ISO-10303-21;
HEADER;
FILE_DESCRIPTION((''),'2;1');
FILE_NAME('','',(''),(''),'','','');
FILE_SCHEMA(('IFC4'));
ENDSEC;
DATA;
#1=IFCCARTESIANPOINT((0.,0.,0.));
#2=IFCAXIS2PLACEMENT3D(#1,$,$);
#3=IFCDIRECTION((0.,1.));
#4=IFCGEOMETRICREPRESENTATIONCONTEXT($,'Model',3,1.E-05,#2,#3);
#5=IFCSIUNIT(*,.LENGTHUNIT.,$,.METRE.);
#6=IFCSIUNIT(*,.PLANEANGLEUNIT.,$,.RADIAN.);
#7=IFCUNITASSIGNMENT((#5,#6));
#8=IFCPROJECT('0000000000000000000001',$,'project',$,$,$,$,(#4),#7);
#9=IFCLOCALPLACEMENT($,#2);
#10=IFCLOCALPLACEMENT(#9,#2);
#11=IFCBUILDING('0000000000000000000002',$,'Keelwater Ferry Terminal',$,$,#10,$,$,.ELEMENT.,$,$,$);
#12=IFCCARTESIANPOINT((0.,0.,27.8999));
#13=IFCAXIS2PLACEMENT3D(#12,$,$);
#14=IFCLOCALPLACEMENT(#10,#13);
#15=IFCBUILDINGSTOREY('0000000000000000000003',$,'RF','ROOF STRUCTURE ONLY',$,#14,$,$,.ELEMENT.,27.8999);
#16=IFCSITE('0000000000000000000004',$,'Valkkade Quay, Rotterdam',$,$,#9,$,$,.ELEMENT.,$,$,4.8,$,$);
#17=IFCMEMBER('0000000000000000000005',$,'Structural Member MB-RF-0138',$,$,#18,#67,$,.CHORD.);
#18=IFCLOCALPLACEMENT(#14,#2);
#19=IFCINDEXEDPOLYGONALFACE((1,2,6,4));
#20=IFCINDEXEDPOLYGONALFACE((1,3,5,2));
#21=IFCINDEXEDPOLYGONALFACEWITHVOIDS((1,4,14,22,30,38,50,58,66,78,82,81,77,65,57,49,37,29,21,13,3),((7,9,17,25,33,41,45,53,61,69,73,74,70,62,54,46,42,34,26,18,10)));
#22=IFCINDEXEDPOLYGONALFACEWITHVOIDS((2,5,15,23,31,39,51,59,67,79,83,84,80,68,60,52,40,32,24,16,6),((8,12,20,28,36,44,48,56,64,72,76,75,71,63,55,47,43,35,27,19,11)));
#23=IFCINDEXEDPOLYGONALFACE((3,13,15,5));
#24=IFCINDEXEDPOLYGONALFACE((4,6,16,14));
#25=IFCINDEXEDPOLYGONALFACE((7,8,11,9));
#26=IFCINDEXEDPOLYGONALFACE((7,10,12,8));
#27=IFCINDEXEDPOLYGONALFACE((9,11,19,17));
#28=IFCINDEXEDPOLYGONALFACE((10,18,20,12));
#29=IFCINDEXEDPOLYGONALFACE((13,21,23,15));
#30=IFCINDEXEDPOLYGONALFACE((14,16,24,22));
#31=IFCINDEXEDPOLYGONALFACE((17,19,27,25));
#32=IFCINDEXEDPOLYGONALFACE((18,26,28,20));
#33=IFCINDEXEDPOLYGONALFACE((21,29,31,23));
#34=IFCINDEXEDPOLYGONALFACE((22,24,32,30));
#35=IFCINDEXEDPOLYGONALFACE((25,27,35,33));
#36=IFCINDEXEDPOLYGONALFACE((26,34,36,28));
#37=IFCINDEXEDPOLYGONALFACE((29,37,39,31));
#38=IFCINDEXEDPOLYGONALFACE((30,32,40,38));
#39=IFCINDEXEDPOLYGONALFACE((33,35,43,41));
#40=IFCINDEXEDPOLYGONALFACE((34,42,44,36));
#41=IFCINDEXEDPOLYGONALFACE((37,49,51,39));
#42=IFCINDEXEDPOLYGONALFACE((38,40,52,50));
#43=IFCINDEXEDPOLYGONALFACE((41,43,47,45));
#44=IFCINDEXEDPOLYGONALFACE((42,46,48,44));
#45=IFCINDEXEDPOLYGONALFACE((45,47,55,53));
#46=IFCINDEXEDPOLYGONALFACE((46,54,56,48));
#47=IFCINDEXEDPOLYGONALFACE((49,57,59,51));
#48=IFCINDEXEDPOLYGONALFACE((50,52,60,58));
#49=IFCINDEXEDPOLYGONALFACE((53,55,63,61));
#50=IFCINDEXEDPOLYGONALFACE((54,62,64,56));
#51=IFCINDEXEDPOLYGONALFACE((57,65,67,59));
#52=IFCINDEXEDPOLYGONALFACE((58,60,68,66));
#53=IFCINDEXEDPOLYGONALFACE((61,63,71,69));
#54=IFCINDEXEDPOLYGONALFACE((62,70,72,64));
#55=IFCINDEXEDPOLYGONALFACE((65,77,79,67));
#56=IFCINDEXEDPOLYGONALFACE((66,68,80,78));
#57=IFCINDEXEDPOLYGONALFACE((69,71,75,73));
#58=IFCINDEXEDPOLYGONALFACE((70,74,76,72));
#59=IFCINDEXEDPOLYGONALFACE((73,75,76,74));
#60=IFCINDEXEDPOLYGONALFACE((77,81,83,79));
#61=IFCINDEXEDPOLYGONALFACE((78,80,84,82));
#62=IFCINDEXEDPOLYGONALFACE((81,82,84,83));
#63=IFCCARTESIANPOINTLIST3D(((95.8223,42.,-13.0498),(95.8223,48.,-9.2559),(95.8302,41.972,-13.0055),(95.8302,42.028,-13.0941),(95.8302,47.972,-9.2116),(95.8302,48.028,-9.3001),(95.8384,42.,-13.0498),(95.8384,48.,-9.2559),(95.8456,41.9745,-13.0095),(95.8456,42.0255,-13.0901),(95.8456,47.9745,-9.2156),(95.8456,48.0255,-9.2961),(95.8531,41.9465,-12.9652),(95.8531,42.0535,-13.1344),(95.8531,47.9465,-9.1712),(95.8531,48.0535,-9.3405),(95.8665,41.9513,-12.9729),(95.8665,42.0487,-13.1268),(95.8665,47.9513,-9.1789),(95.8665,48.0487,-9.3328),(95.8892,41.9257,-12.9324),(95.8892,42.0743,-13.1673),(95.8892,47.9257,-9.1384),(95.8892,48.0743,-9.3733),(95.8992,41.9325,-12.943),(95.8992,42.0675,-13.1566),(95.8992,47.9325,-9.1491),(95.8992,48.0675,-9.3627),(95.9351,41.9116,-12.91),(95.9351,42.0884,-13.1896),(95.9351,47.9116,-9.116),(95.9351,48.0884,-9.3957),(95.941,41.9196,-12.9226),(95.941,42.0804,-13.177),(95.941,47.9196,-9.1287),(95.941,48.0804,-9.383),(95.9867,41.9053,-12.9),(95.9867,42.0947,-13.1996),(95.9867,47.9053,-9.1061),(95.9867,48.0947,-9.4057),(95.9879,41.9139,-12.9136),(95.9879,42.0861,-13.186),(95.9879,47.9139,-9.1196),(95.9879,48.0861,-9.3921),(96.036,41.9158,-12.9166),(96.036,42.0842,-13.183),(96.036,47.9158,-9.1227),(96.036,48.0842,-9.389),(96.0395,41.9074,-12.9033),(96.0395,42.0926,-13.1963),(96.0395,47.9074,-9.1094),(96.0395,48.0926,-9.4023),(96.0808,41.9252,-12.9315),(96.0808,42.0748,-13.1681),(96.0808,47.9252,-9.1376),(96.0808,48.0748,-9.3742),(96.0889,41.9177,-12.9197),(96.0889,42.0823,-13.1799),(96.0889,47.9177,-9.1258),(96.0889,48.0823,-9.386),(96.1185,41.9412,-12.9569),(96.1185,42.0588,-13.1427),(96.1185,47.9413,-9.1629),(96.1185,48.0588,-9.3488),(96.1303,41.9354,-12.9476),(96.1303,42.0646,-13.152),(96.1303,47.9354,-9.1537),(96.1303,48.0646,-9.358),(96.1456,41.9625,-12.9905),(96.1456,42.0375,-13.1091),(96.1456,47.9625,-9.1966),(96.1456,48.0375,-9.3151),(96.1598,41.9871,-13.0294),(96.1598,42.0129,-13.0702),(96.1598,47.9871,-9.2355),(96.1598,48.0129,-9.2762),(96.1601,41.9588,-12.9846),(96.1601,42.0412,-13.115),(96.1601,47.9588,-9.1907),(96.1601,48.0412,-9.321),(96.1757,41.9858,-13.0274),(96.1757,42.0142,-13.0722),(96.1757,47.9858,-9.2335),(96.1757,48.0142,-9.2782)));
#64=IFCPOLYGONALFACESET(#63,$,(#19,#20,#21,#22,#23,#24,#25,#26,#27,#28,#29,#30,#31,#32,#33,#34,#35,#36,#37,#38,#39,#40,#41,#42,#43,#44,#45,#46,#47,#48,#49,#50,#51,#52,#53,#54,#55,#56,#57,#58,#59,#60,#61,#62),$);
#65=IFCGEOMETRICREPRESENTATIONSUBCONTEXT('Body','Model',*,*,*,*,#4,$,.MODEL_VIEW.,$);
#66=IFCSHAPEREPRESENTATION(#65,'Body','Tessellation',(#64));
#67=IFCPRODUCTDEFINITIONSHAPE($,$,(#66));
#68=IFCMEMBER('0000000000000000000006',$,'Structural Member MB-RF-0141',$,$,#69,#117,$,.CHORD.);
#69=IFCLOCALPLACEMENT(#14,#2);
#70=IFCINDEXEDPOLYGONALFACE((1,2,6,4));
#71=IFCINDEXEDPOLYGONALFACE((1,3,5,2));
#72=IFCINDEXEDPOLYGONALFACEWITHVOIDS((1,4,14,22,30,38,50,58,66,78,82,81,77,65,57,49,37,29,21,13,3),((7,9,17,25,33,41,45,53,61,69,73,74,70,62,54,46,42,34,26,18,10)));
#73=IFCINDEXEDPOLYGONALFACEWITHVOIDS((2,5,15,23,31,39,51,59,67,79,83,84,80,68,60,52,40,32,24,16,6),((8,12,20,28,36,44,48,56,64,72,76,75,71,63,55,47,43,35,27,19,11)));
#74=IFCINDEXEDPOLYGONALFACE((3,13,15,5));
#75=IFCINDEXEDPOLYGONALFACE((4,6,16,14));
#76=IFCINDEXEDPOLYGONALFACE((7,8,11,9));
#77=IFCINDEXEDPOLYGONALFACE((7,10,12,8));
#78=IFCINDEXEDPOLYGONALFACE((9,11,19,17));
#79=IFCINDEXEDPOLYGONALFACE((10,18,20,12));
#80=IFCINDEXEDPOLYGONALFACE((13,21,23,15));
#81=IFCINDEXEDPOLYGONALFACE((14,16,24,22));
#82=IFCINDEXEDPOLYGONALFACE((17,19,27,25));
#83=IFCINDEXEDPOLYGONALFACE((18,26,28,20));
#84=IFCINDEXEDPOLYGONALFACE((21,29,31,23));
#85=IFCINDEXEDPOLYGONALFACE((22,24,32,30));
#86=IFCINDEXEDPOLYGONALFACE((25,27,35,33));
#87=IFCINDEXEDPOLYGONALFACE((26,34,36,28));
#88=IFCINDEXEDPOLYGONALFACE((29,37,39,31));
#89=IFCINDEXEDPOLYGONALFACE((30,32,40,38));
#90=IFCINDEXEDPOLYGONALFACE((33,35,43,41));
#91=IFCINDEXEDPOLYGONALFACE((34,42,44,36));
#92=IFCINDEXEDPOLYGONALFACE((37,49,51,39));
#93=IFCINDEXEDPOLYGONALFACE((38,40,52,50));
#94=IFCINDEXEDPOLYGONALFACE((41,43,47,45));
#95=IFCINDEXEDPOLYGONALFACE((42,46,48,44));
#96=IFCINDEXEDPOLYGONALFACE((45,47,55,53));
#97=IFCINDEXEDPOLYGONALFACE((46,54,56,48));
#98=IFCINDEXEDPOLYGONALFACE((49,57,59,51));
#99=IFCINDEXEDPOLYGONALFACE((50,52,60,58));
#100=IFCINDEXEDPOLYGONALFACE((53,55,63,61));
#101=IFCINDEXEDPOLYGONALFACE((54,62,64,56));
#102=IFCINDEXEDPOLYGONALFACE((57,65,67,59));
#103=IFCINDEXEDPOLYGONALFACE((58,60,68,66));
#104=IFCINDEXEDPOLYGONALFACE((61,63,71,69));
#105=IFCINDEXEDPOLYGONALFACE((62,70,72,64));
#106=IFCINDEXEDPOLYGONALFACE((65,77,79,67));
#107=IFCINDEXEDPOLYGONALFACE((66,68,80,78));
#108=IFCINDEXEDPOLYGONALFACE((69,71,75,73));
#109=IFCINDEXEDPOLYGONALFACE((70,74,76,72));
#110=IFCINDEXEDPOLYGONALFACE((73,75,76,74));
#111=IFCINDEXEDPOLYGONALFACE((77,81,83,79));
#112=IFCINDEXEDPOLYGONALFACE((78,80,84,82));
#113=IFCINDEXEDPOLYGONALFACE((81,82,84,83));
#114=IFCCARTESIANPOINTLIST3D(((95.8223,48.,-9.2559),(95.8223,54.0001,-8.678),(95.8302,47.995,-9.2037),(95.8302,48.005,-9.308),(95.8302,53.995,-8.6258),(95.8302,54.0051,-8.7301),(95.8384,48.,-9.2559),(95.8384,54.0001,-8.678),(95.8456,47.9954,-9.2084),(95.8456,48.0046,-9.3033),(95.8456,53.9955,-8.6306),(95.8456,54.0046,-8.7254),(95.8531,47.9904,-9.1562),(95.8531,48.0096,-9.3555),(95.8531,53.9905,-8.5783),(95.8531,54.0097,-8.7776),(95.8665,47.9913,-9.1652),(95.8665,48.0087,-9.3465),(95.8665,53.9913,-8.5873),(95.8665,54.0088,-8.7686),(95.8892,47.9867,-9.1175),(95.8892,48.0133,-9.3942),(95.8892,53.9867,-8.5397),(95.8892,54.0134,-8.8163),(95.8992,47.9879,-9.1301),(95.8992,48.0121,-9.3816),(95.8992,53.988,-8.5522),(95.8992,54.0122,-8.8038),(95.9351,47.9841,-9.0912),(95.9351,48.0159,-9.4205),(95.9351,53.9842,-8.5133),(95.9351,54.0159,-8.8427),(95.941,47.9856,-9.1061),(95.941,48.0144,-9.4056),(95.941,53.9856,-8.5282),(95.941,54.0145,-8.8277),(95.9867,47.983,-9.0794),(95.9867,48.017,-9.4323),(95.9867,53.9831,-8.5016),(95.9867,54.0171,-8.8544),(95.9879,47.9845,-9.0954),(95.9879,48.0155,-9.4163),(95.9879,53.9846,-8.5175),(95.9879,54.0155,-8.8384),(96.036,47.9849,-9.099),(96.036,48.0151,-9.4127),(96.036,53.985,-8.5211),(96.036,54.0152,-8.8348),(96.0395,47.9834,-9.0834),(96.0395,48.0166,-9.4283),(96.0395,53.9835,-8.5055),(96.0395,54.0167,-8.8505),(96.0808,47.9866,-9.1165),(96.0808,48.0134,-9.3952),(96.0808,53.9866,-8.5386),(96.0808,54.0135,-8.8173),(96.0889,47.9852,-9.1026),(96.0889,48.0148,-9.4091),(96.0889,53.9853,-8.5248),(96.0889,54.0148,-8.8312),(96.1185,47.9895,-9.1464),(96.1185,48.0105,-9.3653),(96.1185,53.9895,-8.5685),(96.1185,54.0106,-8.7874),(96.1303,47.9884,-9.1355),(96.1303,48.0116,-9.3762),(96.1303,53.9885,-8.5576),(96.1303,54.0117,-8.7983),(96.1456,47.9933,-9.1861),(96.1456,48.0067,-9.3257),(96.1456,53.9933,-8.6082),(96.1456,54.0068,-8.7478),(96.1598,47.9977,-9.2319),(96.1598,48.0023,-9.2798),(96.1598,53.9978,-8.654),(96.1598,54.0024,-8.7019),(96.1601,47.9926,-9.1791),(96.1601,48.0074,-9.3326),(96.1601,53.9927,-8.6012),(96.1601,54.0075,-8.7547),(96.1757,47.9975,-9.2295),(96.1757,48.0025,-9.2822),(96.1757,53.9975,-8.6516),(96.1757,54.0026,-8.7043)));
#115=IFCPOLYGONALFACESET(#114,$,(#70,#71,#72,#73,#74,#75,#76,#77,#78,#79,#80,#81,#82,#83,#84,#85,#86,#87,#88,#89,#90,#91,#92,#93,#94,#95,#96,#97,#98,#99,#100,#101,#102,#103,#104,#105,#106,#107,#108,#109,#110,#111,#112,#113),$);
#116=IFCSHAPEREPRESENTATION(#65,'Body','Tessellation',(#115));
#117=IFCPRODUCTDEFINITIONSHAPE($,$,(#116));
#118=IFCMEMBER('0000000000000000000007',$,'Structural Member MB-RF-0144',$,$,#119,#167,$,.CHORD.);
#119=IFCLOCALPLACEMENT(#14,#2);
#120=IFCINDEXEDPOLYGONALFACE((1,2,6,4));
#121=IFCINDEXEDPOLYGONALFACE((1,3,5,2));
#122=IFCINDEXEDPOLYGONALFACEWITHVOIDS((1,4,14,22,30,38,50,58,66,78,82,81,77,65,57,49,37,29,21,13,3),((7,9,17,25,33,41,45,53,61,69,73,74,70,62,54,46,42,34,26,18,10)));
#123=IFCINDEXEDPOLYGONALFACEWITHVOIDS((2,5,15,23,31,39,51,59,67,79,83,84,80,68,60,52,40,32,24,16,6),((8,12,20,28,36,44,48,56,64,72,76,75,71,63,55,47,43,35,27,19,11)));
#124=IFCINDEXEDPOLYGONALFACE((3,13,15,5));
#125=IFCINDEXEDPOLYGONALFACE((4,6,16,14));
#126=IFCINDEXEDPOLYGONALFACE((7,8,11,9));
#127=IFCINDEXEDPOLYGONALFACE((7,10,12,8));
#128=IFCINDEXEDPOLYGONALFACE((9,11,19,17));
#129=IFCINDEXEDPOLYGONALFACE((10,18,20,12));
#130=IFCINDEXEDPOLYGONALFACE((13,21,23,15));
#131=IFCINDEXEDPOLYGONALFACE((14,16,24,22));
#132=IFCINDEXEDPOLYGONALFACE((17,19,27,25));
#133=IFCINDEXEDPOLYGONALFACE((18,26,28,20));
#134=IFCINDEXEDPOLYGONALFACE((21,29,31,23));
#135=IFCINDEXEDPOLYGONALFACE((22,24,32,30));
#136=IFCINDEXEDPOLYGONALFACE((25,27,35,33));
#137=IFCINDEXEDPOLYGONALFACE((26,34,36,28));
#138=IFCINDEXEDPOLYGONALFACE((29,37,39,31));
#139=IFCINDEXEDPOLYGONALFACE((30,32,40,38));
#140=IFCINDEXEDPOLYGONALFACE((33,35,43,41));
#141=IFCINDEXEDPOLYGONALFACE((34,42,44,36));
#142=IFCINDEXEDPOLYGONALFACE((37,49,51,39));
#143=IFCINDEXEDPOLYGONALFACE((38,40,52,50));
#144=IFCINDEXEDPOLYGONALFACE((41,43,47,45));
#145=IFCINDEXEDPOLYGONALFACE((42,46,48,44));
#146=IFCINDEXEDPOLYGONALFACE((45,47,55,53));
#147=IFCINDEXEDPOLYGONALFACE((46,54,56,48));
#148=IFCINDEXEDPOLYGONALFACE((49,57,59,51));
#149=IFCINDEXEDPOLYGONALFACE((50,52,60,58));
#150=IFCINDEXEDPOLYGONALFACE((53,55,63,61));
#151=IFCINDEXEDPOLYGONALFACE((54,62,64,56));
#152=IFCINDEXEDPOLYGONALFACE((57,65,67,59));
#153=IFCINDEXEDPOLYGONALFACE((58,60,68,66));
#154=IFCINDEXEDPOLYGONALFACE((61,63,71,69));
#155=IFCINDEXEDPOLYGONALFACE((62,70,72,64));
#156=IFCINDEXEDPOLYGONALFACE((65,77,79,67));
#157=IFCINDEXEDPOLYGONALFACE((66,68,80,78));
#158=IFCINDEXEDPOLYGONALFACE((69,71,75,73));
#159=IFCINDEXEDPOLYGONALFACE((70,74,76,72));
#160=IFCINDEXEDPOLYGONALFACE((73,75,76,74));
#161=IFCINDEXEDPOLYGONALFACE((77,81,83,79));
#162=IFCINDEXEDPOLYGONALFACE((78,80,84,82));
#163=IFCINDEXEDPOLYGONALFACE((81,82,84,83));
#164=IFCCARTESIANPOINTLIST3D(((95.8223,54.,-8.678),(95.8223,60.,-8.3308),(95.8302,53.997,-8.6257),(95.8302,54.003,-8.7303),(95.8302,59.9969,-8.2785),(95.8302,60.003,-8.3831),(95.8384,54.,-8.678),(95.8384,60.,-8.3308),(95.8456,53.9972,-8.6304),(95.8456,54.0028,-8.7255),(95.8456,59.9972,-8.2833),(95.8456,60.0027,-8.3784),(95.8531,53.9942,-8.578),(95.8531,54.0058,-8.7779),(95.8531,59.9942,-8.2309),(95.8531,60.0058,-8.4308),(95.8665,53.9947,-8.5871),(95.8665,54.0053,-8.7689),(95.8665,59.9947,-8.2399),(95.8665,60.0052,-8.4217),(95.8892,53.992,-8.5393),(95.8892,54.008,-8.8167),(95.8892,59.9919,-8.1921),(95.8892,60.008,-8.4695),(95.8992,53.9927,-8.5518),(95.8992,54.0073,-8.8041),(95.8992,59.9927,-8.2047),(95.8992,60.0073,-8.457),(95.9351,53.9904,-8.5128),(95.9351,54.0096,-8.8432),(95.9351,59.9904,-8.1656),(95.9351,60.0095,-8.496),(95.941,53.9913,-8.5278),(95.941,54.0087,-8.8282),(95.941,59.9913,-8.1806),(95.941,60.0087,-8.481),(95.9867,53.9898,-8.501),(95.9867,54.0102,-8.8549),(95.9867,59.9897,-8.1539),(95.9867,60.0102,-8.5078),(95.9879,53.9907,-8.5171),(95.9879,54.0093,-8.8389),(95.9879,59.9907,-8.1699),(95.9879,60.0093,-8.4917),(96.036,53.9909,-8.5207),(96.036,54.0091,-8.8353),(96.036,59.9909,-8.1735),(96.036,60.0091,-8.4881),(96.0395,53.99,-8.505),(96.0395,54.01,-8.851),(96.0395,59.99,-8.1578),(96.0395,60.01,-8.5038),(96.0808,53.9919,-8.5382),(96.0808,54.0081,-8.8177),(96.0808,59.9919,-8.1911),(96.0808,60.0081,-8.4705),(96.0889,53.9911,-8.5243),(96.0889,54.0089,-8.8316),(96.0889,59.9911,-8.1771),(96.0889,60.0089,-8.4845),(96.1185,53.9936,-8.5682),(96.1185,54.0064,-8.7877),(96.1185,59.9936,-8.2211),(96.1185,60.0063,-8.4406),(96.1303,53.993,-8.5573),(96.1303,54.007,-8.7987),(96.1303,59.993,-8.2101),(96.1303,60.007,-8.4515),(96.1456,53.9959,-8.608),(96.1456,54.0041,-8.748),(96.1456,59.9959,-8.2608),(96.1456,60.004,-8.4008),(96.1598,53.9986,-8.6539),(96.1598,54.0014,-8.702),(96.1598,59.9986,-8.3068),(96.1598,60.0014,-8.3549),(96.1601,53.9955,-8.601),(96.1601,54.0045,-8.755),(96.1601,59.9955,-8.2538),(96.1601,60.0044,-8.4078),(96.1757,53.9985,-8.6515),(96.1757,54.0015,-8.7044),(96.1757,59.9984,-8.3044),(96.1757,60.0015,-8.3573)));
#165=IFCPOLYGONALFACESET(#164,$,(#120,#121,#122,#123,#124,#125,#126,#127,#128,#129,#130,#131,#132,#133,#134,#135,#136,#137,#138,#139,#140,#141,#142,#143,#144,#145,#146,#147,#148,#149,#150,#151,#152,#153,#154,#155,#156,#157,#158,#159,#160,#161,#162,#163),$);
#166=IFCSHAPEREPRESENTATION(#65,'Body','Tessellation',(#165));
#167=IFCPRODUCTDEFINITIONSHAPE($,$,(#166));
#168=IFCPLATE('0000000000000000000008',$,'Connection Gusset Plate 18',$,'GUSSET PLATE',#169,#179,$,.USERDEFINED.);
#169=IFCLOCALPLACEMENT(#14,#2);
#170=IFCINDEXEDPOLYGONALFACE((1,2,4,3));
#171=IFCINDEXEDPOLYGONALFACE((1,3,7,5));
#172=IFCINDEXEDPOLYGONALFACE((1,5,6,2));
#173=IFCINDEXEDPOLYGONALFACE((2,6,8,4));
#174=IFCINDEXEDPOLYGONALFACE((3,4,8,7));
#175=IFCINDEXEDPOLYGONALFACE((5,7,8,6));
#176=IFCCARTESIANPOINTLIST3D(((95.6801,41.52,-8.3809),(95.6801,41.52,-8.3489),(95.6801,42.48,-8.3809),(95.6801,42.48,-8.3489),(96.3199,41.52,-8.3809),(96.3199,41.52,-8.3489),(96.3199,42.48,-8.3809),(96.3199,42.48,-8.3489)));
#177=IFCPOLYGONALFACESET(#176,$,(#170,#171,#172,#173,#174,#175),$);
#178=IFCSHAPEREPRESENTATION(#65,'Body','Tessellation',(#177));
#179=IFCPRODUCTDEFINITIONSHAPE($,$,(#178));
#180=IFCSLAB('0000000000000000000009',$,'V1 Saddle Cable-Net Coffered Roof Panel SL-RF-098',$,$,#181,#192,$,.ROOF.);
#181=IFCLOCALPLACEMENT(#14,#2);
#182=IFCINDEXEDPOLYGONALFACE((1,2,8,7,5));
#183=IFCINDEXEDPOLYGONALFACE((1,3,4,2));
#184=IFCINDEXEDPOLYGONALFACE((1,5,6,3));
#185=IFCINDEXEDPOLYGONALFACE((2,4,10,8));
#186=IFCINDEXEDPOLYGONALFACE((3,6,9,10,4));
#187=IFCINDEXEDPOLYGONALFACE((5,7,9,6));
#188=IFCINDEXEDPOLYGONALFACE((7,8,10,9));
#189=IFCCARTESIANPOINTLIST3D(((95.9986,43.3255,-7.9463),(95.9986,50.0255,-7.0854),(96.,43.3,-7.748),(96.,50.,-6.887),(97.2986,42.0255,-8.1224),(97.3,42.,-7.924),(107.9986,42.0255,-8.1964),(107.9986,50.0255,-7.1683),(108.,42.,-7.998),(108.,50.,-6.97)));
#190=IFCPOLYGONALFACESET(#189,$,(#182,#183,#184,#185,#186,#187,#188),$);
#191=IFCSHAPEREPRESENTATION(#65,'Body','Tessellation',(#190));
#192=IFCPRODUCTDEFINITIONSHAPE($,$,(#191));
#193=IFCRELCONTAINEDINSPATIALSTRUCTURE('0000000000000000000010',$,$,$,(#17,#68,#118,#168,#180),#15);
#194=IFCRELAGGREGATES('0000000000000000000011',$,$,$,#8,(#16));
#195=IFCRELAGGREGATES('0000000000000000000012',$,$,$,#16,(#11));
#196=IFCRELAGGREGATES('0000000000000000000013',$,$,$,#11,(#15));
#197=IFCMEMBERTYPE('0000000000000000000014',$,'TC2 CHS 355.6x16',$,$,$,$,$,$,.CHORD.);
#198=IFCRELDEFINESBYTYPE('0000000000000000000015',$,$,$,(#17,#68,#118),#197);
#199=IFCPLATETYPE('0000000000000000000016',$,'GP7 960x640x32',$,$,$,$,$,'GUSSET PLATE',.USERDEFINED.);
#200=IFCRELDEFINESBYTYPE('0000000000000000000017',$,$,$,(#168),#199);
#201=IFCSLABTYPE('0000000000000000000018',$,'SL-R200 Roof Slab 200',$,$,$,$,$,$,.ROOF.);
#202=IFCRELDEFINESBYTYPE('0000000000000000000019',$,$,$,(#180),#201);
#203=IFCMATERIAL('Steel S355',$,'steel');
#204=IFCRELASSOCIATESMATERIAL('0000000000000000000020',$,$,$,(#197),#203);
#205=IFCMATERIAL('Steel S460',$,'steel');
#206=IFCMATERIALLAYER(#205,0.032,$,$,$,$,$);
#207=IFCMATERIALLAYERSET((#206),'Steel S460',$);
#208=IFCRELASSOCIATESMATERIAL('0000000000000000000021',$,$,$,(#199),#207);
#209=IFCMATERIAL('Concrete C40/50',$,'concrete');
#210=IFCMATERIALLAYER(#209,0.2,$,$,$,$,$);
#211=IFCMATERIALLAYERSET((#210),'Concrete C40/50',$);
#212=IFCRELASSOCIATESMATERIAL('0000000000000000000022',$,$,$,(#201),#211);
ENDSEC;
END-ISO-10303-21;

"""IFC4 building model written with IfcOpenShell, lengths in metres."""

from ifc_helpers import new_model, si_unit, direction, frame, origin, origin_with_axes, origin_2d, place, context, subcontext, project, spatial, polyline, rectangle, hollow_circle, outline, extrude, material, layer, layer_set, material_profile, profile_set, type_object, element, save


model = new_model("IFC4")

# Units and contexts
model_context = context("Model", 3, precision=1e-05, world=origin(), true_north=direction((0.0, 1.0)))
body_context = subcontext(model_context, "Body", "Model", "MODEL_VIEW")
ifc_project = project(units=[si_unit("LENGTHUNIT", "METRE"), si_unit("PLANEANGLEUNIT", "RADIAN")], contexts=[model_context])

# Site, building, storey
site_placement = place(None, origin())
site = spatial("IfcSite", under=ifc_project, at=site_placement, Name="Valkkade Quay, Rotterdam", CompositionType="ELEMENT", RefElevation=4.8)
building_placement = place(site_placement, origin())
building = spatial("IfcBuilding", under=site, at=building_placement, Name="Keelwater Ferry Terminal", CompositionType="ELEMENT")
storey_placement = place(building_placement, frame((0.0, 0.0, 27.8999)))
storey = spatial("IfcBuildingStorey", under=building, at=storey_placement, Name="RF", Description="ROOF STRUCTURE ONLY", CompositionType="ELEMENT", Elevation=27.8999)

# Members
ifc_material_1 = material(Name="Steel S355", Category="steel")
ifc_material_profile_1 = material_profile(ifc_material_1, hollow_circle(Radius=0.1777, WallThickness=0.0161, at=origin_2d()), Name="CHS 355.6x16")
ifc_profile_set_1 = profile_set([ifc_material_profile_1], Name="Steel S355")
member_type_1 = type_object("IfcMemberType", Name="TC2 CHS 355.6x16", PredefinedType="CHORD", material=ifc_profile_set_1)
member_1_placement = place(storey_placement, frame((96.0, 42.0, -13.0498), z_axis=(0.0, 0.845204, 0.534443), x_axis=(-1.0, 0.0, 0.0)))
element("IfcMember", 1, at=member_1_placement, inside=storey, type_object=member_type_1, Name="Structural Member MB-RF-0138", PredefinedType="CHORD", context=body_context, shape_type="SweptSolid", body=[
    extrude(hollow_circle(Radius=0.1777, WallThickness=0.0161, at=origin_2d()), origin(), (0.0, 0.0, 1.0), 7.0989),
])
member_2_placement = place(storey_placement, frame((96.0, 48.0, -9.2559), z_axis=(0.0, 0.995394, 0.09587), x_axis=(-1.0, 0.0, 0.0)))
element("IfcMember", 2, at=member_2_placement, inside=storey, type_object=member_type_1, Name="Structural Member MB-RF-0141", PredefinedType="CHORD", context=body_context, shape_type="SweptSolid", body=[
    extrude(hollow_circle(Radius=0.1777, WallThickness=0.0161, at=origin_2d()), origin(), (0.0, 0.0, 1.0), 6.0278),
])
member_3_placement = place(storey_placement, frame((96.0, 54.0, -8.678), z_axis=(0.0, 0.99833, 0.057765), x_axis=(-1.0, 0.0, 0.0)))
element("IfcMember", 3, at=member_3_placement, inside=storey, type_object=member_type_1, Name="Structural Member MB-RF-0144", PredefinedType="CHORD", context=body_context, shape_type="SweptSolid", body=[
    extrude(hollow_circle(Radius=0.1777, WallThickness=0.0161, at=origin_2d()), origin(), (0.0, 0.0, 1.0), 6.01),
])

# Plate
ifc_material_2 = material(Name="Steel S460", Category="steel")
ifc_layer_1 = layer(ifc_material_2, 0.032)
ifc_layer_set_1 = layer_set([ifc_layer_1], Name="Steel S460")
plate_type = type_object("IfcPlateType", Name="GP7 960x640x32", ElementType="GUSSET PLATE", PredefinedType="USERDEFINED", material=ifc_layer_set_1)
plate_placement = place(storey_placement, frame((96.0, 42.0, -8.3809), z_axis=(0.0, 0.0, 1.0), x_axis=(0.0, 1.0, 0.0)))
element("IfcPlate", 4, at=plate_placement, inside=storey, type_object=plate_type, Name="Connection Gusset Plate 18", ObjectType="GUSSET PLATE", PredefinedType="USERDEFINED", context=body_context, shape_type="SweptSolid", body=[
    extrude(rectangle(XDim=0.96, YDim=0.6399, at=origin_2d()), origin(), (0.0, 0.0, 1.0), 0.032),
])

# Slab
ifc_material_3 = material(Name="Concrete C40/50", Category="concrete")
ifc_layer_2 = layer(ifc_material_3, 0.2)
ifc_layer_set_2 = layer_set([ifc_layer_2], Name="Concrete C40/50")
slab_type = type_object("IfcSlabType", Name="SL-R200 Roof Slab 200", PredefinedType="ROOF", material=ifc_layer_set_2)
slab_1_placement = place(storey_placement, frame((97.2986, 42.0255, -8.1224), z_axis=(0.006858, -0.127451, 0.991821), x_axis=(0.999976, 0.000874, -0.006803)))
element("IfcSlab", 5, at=slab_1_placement, inside=storey, type_object=slab_type, Name="V1 Saddle Cable-Net Coffered Roof Panel SL-RF-098", PredefinedType="ROOF", context=body_context, shape_type="SweptSolid", body=[
    extrude(outline(polyline([(0.0, 0.0), (10.7003, -0.0094), (10.7003, 8.0563), (-1.3, 8.0669), (-1.3, 1.3118), (0.0, 0.0)])), origin_with_axes(), (0.0, 0.0, 1.0), 0.2),
])

save(model, "model.ifc")
